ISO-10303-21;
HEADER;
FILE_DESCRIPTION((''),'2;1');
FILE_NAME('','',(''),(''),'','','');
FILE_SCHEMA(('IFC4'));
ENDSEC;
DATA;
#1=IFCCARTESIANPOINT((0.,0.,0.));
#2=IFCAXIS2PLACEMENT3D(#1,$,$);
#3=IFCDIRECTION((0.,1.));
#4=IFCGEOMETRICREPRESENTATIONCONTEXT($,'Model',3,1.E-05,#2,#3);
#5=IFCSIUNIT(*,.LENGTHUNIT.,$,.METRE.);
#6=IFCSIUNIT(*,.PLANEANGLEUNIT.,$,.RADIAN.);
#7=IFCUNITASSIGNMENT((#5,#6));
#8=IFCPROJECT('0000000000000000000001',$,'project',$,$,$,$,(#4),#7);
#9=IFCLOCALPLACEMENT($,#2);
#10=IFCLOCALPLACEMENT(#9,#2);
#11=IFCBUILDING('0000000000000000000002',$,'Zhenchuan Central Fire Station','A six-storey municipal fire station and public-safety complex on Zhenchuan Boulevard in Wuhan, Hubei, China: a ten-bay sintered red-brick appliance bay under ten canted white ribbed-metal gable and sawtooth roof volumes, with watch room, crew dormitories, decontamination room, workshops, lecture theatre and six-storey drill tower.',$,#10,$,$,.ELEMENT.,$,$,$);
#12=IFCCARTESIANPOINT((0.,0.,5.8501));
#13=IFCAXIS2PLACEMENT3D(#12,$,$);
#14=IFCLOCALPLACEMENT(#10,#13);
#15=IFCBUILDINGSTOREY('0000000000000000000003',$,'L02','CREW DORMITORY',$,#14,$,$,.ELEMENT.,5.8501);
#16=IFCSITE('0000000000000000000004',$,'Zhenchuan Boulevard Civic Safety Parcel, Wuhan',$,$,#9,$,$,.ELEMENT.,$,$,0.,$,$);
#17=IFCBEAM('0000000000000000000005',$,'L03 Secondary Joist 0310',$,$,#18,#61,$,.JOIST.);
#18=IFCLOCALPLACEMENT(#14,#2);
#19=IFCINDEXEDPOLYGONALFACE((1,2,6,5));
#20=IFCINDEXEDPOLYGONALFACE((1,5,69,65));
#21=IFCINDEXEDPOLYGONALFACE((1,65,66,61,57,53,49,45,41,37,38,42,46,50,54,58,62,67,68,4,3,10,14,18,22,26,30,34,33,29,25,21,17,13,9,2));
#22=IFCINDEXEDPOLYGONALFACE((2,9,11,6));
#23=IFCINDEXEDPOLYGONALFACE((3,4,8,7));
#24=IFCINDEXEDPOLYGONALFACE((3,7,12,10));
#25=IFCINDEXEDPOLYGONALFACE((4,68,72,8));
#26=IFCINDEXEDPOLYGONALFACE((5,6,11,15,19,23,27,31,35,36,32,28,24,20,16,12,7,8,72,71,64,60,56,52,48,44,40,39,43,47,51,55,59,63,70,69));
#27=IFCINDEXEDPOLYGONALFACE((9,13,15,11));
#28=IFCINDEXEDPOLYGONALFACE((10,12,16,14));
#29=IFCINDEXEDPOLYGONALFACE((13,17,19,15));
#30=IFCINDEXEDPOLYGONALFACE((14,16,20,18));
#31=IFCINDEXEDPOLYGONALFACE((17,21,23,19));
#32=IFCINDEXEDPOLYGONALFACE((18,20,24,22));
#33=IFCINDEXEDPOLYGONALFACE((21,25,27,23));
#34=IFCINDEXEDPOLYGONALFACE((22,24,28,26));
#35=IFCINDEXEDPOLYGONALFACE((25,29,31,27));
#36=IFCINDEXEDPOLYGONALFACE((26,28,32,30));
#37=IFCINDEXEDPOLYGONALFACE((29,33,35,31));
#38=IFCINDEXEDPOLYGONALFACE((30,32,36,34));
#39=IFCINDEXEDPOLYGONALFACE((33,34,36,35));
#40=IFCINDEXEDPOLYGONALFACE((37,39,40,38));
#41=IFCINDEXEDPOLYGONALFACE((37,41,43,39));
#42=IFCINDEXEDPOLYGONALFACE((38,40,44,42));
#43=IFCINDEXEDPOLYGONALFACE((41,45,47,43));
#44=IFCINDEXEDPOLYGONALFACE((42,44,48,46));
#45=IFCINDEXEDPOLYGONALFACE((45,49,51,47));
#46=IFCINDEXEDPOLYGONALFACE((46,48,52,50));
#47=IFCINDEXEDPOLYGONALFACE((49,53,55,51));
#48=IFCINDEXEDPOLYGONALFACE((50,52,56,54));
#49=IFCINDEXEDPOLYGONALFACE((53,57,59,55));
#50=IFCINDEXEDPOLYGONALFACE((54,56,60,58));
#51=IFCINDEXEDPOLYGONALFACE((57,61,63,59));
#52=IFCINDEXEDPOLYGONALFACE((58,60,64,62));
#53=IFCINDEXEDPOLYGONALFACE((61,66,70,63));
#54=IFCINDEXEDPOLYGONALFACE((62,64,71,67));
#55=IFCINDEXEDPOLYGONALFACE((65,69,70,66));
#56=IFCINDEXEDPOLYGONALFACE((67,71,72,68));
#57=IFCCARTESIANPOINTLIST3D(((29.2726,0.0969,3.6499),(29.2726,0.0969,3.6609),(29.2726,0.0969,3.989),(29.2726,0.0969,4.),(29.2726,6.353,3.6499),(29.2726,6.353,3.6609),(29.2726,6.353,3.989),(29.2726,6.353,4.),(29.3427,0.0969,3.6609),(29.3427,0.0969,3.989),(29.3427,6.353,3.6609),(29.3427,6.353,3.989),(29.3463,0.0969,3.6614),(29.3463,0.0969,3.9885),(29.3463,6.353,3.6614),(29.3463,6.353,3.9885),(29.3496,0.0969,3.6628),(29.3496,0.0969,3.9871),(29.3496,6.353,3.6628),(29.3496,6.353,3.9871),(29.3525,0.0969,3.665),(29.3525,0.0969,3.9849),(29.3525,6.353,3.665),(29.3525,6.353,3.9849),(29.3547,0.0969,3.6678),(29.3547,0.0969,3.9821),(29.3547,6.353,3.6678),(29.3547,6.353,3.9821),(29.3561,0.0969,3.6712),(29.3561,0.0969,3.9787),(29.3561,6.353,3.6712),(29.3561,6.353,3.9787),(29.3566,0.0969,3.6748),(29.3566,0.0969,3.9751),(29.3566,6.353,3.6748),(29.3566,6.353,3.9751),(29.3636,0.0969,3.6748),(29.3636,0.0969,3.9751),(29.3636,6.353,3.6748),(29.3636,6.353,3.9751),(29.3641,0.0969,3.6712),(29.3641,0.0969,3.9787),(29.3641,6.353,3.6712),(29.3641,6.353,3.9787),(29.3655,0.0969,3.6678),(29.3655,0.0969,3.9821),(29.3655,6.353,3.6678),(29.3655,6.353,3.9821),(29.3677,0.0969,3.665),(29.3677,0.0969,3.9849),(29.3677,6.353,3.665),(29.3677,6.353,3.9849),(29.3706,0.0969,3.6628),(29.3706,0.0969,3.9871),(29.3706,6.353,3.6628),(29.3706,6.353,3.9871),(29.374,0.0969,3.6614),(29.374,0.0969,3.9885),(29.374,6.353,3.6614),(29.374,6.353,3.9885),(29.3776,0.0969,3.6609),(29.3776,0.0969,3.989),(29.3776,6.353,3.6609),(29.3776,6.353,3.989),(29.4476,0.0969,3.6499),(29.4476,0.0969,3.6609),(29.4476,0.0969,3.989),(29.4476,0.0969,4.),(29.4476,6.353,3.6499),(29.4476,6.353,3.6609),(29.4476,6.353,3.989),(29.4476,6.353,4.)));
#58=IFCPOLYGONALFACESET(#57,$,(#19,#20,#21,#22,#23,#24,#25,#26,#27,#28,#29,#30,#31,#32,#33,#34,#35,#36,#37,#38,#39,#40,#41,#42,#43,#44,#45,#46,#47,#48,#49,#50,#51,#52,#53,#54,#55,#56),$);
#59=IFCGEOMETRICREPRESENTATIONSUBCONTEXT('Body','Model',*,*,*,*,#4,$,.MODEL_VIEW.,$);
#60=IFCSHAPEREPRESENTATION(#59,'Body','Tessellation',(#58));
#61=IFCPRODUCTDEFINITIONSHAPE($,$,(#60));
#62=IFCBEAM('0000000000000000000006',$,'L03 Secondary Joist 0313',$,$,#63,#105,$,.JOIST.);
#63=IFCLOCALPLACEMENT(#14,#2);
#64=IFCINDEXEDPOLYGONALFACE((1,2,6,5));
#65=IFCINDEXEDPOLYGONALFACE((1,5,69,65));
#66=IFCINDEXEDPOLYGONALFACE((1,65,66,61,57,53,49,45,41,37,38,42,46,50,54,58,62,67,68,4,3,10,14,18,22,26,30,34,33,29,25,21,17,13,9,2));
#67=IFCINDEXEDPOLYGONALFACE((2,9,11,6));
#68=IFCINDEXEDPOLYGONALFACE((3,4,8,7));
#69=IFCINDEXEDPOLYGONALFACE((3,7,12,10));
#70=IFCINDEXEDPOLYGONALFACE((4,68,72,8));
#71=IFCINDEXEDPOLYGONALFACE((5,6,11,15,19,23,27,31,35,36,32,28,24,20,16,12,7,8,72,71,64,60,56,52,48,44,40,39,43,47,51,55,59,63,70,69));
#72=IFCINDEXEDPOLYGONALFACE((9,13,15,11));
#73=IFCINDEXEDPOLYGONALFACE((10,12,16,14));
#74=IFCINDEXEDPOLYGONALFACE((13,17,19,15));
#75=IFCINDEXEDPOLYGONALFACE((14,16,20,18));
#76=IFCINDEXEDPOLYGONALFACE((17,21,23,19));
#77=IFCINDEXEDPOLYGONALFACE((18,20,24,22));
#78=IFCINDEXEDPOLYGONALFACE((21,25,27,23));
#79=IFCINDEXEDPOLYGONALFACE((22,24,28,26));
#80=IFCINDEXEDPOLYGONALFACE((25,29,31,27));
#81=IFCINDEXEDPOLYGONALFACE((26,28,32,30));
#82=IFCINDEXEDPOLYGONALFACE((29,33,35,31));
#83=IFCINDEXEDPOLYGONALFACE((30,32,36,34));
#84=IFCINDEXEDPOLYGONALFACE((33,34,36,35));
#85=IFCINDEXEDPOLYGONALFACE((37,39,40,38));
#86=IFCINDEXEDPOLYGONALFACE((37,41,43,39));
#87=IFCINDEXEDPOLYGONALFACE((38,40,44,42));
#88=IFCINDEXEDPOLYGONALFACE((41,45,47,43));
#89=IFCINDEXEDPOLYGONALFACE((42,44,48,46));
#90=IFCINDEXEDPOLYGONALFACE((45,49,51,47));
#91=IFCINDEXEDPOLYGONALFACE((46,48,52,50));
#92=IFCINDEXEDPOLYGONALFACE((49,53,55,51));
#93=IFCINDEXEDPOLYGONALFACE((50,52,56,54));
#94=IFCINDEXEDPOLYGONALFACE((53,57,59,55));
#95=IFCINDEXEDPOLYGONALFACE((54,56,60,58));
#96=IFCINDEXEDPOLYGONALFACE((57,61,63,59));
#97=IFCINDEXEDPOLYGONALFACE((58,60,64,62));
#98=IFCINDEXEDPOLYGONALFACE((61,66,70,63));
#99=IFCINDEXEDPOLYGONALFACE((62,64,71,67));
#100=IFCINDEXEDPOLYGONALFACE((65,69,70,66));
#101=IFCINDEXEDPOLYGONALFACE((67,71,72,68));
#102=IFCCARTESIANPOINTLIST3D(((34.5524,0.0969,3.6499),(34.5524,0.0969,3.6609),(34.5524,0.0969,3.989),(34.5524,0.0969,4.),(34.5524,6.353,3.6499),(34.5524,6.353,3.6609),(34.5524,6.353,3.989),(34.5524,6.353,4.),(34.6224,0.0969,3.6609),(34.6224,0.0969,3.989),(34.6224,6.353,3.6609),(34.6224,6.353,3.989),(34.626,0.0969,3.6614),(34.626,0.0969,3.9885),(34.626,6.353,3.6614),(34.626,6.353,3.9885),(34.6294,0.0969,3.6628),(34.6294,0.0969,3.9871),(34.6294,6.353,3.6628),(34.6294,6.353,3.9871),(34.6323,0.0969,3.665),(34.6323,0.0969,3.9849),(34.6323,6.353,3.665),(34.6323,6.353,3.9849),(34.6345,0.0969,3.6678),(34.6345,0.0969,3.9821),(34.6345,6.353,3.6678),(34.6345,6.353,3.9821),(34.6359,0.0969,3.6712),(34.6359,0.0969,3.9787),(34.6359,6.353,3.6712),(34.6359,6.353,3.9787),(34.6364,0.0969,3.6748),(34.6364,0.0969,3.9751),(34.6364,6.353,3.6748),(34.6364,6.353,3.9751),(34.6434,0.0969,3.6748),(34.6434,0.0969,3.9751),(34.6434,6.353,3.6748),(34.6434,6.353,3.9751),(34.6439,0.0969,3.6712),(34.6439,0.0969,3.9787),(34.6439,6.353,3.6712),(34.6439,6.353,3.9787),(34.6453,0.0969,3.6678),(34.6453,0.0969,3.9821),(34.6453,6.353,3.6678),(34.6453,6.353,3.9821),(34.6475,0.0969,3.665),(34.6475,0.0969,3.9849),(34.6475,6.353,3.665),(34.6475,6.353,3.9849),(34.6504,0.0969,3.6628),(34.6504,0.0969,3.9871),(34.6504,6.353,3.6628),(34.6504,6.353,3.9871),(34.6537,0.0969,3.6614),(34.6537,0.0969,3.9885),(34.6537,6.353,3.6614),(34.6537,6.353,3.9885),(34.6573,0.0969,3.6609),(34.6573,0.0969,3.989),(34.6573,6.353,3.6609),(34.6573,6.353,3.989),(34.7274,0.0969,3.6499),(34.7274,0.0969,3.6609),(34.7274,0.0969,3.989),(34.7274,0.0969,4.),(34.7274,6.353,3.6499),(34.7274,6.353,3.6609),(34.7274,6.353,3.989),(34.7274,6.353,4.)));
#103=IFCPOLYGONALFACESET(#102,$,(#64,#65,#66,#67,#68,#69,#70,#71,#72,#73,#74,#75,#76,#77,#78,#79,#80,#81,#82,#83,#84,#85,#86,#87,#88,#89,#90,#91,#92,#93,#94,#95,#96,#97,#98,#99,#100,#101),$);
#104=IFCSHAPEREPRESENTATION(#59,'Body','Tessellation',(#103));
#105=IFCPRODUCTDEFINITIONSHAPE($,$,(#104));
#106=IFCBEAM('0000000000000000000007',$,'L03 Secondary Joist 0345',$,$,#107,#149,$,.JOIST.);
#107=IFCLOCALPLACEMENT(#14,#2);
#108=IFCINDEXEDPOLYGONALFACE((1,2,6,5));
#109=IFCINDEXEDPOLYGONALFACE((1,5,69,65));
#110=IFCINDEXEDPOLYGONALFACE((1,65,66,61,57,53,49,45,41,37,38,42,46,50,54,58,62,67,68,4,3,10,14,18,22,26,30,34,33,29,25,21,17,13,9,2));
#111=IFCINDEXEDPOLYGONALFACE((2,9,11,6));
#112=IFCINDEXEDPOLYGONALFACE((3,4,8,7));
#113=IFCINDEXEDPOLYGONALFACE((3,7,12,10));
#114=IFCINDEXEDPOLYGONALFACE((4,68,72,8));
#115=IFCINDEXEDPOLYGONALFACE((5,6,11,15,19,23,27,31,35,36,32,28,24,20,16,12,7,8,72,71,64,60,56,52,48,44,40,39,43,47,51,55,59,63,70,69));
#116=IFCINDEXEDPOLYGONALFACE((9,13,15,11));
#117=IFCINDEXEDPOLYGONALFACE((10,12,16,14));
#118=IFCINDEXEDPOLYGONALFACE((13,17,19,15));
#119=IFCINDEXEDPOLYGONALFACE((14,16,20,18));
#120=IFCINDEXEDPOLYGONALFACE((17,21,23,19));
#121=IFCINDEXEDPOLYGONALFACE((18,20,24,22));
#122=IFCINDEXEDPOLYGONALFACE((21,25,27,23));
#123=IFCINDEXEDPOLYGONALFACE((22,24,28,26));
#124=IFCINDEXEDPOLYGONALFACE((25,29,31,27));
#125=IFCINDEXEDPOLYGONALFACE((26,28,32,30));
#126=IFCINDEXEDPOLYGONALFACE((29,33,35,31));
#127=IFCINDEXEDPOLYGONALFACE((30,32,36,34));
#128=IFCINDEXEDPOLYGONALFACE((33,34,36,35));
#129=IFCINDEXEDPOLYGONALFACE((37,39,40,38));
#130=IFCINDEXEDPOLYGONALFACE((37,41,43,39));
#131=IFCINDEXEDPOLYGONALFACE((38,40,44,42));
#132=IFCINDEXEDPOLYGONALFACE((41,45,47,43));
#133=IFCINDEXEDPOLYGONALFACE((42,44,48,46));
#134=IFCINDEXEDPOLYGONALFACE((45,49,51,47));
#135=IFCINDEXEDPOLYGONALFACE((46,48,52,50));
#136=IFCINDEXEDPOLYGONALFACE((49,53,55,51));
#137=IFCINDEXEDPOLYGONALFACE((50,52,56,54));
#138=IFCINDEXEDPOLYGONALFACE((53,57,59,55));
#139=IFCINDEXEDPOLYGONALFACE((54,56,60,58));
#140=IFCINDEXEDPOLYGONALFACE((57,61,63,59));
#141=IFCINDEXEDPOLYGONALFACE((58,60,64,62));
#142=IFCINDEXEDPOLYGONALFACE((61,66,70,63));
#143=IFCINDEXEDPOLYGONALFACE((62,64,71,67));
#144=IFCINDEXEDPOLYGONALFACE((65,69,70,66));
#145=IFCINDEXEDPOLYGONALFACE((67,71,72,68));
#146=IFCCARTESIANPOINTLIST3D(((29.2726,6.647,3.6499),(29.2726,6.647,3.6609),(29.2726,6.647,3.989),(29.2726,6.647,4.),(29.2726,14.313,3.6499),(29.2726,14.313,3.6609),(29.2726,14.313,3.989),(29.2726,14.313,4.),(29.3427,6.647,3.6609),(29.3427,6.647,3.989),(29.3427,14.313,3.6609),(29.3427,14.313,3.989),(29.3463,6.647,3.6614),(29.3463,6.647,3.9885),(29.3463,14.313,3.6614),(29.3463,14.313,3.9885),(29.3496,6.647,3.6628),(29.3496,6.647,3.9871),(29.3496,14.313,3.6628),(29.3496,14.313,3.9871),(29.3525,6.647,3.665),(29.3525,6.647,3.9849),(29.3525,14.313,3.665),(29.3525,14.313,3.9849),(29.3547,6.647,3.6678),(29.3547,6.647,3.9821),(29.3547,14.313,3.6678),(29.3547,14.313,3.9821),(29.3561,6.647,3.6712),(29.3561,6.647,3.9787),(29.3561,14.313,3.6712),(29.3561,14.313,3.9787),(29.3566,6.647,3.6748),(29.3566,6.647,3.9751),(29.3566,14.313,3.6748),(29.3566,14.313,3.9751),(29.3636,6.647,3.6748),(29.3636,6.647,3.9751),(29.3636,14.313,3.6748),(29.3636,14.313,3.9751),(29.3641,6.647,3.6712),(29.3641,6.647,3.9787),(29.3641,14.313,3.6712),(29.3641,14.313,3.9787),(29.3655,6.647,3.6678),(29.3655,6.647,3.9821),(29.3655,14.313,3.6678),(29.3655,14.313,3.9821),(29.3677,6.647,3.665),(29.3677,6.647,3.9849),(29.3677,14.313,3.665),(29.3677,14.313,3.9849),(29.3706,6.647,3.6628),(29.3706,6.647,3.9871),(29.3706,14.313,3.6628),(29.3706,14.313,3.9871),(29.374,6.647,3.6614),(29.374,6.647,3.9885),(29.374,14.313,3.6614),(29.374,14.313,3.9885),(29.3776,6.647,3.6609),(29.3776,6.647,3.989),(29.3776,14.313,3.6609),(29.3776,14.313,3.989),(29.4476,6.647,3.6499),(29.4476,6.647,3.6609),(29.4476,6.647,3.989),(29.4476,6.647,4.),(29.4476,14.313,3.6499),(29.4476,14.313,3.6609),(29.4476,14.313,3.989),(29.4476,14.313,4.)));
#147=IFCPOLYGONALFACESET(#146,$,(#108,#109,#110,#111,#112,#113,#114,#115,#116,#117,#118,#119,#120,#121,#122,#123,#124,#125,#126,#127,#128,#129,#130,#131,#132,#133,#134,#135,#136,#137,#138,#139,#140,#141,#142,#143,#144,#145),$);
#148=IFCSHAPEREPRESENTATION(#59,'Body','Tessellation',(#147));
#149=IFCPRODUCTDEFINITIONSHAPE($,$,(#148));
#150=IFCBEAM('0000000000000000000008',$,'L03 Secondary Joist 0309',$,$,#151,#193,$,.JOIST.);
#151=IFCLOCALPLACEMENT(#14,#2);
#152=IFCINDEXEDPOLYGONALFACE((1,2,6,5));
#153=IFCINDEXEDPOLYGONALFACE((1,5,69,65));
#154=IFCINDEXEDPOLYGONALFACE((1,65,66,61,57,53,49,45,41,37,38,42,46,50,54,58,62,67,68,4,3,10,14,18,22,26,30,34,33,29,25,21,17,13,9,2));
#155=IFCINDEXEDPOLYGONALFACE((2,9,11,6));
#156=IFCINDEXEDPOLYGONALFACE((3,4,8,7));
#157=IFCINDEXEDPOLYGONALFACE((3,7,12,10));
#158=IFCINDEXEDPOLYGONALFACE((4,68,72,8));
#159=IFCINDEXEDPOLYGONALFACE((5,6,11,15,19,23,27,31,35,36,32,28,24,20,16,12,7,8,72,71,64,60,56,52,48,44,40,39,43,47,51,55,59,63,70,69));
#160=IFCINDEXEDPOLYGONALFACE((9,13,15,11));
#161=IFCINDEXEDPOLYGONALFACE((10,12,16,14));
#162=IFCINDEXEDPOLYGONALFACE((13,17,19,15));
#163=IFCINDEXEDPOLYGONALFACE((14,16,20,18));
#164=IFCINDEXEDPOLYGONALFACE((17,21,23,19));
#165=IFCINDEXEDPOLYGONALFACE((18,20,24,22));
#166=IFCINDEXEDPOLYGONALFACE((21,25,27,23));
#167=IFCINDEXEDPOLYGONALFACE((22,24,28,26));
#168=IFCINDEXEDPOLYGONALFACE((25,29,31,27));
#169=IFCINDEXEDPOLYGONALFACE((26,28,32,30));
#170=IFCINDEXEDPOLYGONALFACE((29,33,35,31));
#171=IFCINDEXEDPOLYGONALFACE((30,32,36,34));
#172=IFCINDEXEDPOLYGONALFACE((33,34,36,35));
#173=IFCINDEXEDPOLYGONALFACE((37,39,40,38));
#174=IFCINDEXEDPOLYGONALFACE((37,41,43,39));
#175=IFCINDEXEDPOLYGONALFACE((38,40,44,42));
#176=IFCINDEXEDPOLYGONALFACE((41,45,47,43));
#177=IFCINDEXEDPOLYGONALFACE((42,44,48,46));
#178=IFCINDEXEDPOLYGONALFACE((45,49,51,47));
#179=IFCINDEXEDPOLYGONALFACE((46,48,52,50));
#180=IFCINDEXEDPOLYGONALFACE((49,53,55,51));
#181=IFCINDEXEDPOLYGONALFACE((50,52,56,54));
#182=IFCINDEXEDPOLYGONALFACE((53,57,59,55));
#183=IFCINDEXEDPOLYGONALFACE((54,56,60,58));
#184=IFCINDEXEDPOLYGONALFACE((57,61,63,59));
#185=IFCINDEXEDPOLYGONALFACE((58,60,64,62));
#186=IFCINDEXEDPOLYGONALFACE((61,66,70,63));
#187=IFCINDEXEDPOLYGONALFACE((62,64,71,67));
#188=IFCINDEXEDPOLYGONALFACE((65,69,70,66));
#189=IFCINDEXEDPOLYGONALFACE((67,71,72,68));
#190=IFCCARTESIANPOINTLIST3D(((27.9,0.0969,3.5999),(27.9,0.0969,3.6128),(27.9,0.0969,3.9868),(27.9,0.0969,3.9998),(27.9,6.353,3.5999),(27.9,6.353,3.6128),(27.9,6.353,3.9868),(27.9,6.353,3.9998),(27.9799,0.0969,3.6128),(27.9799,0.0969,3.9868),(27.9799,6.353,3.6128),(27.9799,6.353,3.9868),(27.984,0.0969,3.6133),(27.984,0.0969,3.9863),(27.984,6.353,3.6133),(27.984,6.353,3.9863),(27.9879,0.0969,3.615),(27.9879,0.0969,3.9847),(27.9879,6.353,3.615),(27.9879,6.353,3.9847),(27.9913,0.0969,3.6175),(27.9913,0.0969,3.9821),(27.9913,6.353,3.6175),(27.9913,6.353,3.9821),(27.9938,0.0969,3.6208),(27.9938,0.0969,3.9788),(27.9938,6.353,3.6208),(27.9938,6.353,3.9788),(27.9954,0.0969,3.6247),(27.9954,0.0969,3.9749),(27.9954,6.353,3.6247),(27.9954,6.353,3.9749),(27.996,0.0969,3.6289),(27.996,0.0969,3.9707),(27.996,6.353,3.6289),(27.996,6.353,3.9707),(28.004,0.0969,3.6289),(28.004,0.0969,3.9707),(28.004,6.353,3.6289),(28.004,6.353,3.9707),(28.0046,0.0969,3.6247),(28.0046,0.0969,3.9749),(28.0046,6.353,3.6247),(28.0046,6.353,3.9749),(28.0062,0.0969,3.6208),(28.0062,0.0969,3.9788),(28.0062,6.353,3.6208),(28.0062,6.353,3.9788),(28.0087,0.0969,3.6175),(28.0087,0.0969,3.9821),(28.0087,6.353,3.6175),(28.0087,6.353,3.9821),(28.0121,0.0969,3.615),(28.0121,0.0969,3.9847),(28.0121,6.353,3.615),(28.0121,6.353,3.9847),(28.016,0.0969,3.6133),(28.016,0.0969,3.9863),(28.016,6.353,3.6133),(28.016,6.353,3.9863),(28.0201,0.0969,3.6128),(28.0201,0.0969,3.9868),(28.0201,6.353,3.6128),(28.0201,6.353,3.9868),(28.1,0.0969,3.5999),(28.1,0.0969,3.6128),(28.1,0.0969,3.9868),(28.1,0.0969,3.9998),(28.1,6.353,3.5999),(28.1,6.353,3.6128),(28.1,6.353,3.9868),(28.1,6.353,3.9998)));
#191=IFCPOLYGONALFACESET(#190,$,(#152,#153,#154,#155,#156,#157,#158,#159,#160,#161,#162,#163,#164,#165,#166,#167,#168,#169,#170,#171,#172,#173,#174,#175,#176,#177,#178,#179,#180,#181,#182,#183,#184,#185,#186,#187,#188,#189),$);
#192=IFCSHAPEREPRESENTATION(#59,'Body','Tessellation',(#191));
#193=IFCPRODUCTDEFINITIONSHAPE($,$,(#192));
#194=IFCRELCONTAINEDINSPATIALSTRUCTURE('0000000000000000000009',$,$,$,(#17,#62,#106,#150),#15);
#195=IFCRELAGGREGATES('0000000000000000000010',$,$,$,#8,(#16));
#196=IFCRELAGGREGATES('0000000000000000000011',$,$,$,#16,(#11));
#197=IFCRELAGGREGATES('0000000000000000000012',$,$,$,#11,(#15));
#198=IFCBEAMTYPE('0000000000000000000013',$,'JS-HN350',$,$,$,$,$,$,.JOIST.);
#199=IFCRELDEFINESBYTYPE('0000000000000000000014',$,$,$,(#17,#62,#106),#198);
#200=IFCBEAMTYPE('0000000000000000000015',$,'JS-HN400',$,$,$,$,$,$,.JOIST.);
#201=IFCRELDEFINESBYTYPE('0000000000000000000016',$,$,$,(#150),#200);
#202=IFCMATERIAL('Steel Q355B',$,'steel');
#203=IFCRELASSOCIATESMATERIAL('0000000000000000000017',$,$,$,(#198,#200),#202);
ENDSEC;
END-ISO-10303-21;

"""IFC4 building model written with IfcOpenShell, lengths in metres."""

from ifc_helpers import new_model, si_unit, direction, frame, origin, origin_2d, place, context, subcontext, project, spatial, i_section, extrude, material, material_profile, profile_set, type_object, element, save


model = new_model("IFC4")

# Units and contexts
model_context = context("Model", 3, precision=1e-05, world=origin(), true_north=direction((0.0, 1.0)))
body_context = subcontext(model_context, "Body", "Model", "MODEL_VIEW")
ifc_project = project(units=[si_unit("LENGTHUNIT", "METRE"), si_unit("PLANEANGLEUNIT", "RADIAN")], contexts=[model_context])

# Site, building, storey
site_placement = place(None, origin())
site = spatial("IfcSite", under=ifc_project, at=site_placement, Name="Zhenchuan Boulevard Civic Safety Parcel, Wuhan", CompositionType="ELEMENT", RefElevation=0.0)
building_placement = place(site_placement, origin())
building = spatial("IfcBuilding", under=site, at=building_placement, Name="Zhenchuan Central Fire Station", Description="A six-storey municipal fire station and public-safety complex on Zhenchuan Boulevard in Wuhan, Hubei, China: a ten-bay sintered red-brick appliance bay under ten canted white ribbed-metal gable and sawtooth roof volumes, with watch room, crew dormitories, decontamination room, workshops, lecture theatre and six-storey drill tower.", CompositionType="ELEMENT")
storey_placement = place(building_placement, frame((0.0, 0.0, 5.8501)))
storey = spatial("IfcBuildingStorey", under=building, at=storey_placement, Name="L02", Description="CREW DORMITORY", CompositionType="ELEMENT", Elevation=5.8501)

# Shared definitions
ifc_material_1 = material(Name="Steel Q355B", Category="steel")

# Beams
ifc_material_profile_1 = material_profile(ifc_material_1, i_section(OverallWidth=0.175, OverallDepth=0.3501, WebThickness=0.0071, FlangeThickness=0.011, FilletRadius=0.0139, at=origin_2d()), Name="HN 350x175")
ifc_profile_set_1 = profile_set([ifc_material_profile_1], Name="Steel Q355B")
beam_type_1 = type_object("IfcBeamType", Name="JS-HN350", PredefinedType="JOIST", material=ifc_profile_set_1)
for number, where, z_axis, x_axis, name in (
    (1, (29.3601, 0.0969, 3.825), (0.0, 1.0, 0.0), (-1.0, 0.0, 0.0), "L03 Secondary Joist 0310"),
    (2, (34.6399, 0.0969, 3.825), (0.0, 1.0, 0.0), (-1.0, 0.0, 0.0), "L03 Secondary Joist 0313"),
):
    element("IfcBeam", number, at=place(storey_placement, frame(where, z_axis=z_axis, x_axis=x_axis)), inside=storey, type_object=beam_type_1, Name=name, PredefinedType="JOIST", context=body_context, shape_type="SweptSolid", body=[
        extrude(i_section(OverallWidth=0.175, OverallDepth=0.3501, WebThickness=0.0071, FlangeThickness=0.011, FilletRadius=0.0139, at=origin_2d()), origin(), (0.0, 0.0, 1.0), 6.2561),
    ])
beam_1_placement = place(storey_placement, frame((29.3601, 6.647, 3.825), z_axis=(0.0, 1.0, 0.0), x_axis=(-1.0, 0.0, 0.0)))
element("IfcBeam", 3, at=beam_1_placement, inside=storey, type_object=beam_type_1, Name="L03 Secondary Joist 0345", PredefinedType="JOIST", context=body_context, shape_type="SweptSolid", body=[
    extrude(i_section(OverallWidth=0.175, OverallDepth=0.3501, WebThickness=0.0071, FlangeThickness=0.011, FilletRadius=0.0139, at=origin_2d()), origin(), (0.0, 0.0, 1.0), 7.666),
])
ifc_material_profile_2 = material_profile(ifc_material_1, i_section(OverallWidth=0.2, OverallDepth=0.3999, WebThickness=0.0081, FlangeThickness=0.0129, FilletRadius=0.0161, at=origin_2d()), Name="HN 400x200")
ifc_profile_set_2 = profile_set([ifc_material_profile_2], Name="Steel Q355B")
beam_type_2 = type_object("IfcBeamType", Name="JS-HN400", PredefinedType="JOIST", material=ifc_profile_set_2)
beam_2_placement = place(storey_placement, frame((28.0, 0.0969, 3.7998), z_axis=(0.0, 1.0, 0.0), x_axis=(-1.0, 0.0, 0.0)))
element("IfcBeam", 4, at=beam_2_placement, inside=storey, type_object=beam_type_2, Name="L03 Secondary Joist 0309", PredefinedType="JOIST", context=body_context, shape_type="SweptSolid", body=[
    extrude(i_section(OverallWidth=0.2, OverallDepth=0.3999, WebThickness=0.0081, FlangeThickness=0.0129, FilletRadius=0.0161, at=origin_2d()), origin(), (0.0, 0.0, 1.0), 6.2561),
])

save(model, "model.ifc")
